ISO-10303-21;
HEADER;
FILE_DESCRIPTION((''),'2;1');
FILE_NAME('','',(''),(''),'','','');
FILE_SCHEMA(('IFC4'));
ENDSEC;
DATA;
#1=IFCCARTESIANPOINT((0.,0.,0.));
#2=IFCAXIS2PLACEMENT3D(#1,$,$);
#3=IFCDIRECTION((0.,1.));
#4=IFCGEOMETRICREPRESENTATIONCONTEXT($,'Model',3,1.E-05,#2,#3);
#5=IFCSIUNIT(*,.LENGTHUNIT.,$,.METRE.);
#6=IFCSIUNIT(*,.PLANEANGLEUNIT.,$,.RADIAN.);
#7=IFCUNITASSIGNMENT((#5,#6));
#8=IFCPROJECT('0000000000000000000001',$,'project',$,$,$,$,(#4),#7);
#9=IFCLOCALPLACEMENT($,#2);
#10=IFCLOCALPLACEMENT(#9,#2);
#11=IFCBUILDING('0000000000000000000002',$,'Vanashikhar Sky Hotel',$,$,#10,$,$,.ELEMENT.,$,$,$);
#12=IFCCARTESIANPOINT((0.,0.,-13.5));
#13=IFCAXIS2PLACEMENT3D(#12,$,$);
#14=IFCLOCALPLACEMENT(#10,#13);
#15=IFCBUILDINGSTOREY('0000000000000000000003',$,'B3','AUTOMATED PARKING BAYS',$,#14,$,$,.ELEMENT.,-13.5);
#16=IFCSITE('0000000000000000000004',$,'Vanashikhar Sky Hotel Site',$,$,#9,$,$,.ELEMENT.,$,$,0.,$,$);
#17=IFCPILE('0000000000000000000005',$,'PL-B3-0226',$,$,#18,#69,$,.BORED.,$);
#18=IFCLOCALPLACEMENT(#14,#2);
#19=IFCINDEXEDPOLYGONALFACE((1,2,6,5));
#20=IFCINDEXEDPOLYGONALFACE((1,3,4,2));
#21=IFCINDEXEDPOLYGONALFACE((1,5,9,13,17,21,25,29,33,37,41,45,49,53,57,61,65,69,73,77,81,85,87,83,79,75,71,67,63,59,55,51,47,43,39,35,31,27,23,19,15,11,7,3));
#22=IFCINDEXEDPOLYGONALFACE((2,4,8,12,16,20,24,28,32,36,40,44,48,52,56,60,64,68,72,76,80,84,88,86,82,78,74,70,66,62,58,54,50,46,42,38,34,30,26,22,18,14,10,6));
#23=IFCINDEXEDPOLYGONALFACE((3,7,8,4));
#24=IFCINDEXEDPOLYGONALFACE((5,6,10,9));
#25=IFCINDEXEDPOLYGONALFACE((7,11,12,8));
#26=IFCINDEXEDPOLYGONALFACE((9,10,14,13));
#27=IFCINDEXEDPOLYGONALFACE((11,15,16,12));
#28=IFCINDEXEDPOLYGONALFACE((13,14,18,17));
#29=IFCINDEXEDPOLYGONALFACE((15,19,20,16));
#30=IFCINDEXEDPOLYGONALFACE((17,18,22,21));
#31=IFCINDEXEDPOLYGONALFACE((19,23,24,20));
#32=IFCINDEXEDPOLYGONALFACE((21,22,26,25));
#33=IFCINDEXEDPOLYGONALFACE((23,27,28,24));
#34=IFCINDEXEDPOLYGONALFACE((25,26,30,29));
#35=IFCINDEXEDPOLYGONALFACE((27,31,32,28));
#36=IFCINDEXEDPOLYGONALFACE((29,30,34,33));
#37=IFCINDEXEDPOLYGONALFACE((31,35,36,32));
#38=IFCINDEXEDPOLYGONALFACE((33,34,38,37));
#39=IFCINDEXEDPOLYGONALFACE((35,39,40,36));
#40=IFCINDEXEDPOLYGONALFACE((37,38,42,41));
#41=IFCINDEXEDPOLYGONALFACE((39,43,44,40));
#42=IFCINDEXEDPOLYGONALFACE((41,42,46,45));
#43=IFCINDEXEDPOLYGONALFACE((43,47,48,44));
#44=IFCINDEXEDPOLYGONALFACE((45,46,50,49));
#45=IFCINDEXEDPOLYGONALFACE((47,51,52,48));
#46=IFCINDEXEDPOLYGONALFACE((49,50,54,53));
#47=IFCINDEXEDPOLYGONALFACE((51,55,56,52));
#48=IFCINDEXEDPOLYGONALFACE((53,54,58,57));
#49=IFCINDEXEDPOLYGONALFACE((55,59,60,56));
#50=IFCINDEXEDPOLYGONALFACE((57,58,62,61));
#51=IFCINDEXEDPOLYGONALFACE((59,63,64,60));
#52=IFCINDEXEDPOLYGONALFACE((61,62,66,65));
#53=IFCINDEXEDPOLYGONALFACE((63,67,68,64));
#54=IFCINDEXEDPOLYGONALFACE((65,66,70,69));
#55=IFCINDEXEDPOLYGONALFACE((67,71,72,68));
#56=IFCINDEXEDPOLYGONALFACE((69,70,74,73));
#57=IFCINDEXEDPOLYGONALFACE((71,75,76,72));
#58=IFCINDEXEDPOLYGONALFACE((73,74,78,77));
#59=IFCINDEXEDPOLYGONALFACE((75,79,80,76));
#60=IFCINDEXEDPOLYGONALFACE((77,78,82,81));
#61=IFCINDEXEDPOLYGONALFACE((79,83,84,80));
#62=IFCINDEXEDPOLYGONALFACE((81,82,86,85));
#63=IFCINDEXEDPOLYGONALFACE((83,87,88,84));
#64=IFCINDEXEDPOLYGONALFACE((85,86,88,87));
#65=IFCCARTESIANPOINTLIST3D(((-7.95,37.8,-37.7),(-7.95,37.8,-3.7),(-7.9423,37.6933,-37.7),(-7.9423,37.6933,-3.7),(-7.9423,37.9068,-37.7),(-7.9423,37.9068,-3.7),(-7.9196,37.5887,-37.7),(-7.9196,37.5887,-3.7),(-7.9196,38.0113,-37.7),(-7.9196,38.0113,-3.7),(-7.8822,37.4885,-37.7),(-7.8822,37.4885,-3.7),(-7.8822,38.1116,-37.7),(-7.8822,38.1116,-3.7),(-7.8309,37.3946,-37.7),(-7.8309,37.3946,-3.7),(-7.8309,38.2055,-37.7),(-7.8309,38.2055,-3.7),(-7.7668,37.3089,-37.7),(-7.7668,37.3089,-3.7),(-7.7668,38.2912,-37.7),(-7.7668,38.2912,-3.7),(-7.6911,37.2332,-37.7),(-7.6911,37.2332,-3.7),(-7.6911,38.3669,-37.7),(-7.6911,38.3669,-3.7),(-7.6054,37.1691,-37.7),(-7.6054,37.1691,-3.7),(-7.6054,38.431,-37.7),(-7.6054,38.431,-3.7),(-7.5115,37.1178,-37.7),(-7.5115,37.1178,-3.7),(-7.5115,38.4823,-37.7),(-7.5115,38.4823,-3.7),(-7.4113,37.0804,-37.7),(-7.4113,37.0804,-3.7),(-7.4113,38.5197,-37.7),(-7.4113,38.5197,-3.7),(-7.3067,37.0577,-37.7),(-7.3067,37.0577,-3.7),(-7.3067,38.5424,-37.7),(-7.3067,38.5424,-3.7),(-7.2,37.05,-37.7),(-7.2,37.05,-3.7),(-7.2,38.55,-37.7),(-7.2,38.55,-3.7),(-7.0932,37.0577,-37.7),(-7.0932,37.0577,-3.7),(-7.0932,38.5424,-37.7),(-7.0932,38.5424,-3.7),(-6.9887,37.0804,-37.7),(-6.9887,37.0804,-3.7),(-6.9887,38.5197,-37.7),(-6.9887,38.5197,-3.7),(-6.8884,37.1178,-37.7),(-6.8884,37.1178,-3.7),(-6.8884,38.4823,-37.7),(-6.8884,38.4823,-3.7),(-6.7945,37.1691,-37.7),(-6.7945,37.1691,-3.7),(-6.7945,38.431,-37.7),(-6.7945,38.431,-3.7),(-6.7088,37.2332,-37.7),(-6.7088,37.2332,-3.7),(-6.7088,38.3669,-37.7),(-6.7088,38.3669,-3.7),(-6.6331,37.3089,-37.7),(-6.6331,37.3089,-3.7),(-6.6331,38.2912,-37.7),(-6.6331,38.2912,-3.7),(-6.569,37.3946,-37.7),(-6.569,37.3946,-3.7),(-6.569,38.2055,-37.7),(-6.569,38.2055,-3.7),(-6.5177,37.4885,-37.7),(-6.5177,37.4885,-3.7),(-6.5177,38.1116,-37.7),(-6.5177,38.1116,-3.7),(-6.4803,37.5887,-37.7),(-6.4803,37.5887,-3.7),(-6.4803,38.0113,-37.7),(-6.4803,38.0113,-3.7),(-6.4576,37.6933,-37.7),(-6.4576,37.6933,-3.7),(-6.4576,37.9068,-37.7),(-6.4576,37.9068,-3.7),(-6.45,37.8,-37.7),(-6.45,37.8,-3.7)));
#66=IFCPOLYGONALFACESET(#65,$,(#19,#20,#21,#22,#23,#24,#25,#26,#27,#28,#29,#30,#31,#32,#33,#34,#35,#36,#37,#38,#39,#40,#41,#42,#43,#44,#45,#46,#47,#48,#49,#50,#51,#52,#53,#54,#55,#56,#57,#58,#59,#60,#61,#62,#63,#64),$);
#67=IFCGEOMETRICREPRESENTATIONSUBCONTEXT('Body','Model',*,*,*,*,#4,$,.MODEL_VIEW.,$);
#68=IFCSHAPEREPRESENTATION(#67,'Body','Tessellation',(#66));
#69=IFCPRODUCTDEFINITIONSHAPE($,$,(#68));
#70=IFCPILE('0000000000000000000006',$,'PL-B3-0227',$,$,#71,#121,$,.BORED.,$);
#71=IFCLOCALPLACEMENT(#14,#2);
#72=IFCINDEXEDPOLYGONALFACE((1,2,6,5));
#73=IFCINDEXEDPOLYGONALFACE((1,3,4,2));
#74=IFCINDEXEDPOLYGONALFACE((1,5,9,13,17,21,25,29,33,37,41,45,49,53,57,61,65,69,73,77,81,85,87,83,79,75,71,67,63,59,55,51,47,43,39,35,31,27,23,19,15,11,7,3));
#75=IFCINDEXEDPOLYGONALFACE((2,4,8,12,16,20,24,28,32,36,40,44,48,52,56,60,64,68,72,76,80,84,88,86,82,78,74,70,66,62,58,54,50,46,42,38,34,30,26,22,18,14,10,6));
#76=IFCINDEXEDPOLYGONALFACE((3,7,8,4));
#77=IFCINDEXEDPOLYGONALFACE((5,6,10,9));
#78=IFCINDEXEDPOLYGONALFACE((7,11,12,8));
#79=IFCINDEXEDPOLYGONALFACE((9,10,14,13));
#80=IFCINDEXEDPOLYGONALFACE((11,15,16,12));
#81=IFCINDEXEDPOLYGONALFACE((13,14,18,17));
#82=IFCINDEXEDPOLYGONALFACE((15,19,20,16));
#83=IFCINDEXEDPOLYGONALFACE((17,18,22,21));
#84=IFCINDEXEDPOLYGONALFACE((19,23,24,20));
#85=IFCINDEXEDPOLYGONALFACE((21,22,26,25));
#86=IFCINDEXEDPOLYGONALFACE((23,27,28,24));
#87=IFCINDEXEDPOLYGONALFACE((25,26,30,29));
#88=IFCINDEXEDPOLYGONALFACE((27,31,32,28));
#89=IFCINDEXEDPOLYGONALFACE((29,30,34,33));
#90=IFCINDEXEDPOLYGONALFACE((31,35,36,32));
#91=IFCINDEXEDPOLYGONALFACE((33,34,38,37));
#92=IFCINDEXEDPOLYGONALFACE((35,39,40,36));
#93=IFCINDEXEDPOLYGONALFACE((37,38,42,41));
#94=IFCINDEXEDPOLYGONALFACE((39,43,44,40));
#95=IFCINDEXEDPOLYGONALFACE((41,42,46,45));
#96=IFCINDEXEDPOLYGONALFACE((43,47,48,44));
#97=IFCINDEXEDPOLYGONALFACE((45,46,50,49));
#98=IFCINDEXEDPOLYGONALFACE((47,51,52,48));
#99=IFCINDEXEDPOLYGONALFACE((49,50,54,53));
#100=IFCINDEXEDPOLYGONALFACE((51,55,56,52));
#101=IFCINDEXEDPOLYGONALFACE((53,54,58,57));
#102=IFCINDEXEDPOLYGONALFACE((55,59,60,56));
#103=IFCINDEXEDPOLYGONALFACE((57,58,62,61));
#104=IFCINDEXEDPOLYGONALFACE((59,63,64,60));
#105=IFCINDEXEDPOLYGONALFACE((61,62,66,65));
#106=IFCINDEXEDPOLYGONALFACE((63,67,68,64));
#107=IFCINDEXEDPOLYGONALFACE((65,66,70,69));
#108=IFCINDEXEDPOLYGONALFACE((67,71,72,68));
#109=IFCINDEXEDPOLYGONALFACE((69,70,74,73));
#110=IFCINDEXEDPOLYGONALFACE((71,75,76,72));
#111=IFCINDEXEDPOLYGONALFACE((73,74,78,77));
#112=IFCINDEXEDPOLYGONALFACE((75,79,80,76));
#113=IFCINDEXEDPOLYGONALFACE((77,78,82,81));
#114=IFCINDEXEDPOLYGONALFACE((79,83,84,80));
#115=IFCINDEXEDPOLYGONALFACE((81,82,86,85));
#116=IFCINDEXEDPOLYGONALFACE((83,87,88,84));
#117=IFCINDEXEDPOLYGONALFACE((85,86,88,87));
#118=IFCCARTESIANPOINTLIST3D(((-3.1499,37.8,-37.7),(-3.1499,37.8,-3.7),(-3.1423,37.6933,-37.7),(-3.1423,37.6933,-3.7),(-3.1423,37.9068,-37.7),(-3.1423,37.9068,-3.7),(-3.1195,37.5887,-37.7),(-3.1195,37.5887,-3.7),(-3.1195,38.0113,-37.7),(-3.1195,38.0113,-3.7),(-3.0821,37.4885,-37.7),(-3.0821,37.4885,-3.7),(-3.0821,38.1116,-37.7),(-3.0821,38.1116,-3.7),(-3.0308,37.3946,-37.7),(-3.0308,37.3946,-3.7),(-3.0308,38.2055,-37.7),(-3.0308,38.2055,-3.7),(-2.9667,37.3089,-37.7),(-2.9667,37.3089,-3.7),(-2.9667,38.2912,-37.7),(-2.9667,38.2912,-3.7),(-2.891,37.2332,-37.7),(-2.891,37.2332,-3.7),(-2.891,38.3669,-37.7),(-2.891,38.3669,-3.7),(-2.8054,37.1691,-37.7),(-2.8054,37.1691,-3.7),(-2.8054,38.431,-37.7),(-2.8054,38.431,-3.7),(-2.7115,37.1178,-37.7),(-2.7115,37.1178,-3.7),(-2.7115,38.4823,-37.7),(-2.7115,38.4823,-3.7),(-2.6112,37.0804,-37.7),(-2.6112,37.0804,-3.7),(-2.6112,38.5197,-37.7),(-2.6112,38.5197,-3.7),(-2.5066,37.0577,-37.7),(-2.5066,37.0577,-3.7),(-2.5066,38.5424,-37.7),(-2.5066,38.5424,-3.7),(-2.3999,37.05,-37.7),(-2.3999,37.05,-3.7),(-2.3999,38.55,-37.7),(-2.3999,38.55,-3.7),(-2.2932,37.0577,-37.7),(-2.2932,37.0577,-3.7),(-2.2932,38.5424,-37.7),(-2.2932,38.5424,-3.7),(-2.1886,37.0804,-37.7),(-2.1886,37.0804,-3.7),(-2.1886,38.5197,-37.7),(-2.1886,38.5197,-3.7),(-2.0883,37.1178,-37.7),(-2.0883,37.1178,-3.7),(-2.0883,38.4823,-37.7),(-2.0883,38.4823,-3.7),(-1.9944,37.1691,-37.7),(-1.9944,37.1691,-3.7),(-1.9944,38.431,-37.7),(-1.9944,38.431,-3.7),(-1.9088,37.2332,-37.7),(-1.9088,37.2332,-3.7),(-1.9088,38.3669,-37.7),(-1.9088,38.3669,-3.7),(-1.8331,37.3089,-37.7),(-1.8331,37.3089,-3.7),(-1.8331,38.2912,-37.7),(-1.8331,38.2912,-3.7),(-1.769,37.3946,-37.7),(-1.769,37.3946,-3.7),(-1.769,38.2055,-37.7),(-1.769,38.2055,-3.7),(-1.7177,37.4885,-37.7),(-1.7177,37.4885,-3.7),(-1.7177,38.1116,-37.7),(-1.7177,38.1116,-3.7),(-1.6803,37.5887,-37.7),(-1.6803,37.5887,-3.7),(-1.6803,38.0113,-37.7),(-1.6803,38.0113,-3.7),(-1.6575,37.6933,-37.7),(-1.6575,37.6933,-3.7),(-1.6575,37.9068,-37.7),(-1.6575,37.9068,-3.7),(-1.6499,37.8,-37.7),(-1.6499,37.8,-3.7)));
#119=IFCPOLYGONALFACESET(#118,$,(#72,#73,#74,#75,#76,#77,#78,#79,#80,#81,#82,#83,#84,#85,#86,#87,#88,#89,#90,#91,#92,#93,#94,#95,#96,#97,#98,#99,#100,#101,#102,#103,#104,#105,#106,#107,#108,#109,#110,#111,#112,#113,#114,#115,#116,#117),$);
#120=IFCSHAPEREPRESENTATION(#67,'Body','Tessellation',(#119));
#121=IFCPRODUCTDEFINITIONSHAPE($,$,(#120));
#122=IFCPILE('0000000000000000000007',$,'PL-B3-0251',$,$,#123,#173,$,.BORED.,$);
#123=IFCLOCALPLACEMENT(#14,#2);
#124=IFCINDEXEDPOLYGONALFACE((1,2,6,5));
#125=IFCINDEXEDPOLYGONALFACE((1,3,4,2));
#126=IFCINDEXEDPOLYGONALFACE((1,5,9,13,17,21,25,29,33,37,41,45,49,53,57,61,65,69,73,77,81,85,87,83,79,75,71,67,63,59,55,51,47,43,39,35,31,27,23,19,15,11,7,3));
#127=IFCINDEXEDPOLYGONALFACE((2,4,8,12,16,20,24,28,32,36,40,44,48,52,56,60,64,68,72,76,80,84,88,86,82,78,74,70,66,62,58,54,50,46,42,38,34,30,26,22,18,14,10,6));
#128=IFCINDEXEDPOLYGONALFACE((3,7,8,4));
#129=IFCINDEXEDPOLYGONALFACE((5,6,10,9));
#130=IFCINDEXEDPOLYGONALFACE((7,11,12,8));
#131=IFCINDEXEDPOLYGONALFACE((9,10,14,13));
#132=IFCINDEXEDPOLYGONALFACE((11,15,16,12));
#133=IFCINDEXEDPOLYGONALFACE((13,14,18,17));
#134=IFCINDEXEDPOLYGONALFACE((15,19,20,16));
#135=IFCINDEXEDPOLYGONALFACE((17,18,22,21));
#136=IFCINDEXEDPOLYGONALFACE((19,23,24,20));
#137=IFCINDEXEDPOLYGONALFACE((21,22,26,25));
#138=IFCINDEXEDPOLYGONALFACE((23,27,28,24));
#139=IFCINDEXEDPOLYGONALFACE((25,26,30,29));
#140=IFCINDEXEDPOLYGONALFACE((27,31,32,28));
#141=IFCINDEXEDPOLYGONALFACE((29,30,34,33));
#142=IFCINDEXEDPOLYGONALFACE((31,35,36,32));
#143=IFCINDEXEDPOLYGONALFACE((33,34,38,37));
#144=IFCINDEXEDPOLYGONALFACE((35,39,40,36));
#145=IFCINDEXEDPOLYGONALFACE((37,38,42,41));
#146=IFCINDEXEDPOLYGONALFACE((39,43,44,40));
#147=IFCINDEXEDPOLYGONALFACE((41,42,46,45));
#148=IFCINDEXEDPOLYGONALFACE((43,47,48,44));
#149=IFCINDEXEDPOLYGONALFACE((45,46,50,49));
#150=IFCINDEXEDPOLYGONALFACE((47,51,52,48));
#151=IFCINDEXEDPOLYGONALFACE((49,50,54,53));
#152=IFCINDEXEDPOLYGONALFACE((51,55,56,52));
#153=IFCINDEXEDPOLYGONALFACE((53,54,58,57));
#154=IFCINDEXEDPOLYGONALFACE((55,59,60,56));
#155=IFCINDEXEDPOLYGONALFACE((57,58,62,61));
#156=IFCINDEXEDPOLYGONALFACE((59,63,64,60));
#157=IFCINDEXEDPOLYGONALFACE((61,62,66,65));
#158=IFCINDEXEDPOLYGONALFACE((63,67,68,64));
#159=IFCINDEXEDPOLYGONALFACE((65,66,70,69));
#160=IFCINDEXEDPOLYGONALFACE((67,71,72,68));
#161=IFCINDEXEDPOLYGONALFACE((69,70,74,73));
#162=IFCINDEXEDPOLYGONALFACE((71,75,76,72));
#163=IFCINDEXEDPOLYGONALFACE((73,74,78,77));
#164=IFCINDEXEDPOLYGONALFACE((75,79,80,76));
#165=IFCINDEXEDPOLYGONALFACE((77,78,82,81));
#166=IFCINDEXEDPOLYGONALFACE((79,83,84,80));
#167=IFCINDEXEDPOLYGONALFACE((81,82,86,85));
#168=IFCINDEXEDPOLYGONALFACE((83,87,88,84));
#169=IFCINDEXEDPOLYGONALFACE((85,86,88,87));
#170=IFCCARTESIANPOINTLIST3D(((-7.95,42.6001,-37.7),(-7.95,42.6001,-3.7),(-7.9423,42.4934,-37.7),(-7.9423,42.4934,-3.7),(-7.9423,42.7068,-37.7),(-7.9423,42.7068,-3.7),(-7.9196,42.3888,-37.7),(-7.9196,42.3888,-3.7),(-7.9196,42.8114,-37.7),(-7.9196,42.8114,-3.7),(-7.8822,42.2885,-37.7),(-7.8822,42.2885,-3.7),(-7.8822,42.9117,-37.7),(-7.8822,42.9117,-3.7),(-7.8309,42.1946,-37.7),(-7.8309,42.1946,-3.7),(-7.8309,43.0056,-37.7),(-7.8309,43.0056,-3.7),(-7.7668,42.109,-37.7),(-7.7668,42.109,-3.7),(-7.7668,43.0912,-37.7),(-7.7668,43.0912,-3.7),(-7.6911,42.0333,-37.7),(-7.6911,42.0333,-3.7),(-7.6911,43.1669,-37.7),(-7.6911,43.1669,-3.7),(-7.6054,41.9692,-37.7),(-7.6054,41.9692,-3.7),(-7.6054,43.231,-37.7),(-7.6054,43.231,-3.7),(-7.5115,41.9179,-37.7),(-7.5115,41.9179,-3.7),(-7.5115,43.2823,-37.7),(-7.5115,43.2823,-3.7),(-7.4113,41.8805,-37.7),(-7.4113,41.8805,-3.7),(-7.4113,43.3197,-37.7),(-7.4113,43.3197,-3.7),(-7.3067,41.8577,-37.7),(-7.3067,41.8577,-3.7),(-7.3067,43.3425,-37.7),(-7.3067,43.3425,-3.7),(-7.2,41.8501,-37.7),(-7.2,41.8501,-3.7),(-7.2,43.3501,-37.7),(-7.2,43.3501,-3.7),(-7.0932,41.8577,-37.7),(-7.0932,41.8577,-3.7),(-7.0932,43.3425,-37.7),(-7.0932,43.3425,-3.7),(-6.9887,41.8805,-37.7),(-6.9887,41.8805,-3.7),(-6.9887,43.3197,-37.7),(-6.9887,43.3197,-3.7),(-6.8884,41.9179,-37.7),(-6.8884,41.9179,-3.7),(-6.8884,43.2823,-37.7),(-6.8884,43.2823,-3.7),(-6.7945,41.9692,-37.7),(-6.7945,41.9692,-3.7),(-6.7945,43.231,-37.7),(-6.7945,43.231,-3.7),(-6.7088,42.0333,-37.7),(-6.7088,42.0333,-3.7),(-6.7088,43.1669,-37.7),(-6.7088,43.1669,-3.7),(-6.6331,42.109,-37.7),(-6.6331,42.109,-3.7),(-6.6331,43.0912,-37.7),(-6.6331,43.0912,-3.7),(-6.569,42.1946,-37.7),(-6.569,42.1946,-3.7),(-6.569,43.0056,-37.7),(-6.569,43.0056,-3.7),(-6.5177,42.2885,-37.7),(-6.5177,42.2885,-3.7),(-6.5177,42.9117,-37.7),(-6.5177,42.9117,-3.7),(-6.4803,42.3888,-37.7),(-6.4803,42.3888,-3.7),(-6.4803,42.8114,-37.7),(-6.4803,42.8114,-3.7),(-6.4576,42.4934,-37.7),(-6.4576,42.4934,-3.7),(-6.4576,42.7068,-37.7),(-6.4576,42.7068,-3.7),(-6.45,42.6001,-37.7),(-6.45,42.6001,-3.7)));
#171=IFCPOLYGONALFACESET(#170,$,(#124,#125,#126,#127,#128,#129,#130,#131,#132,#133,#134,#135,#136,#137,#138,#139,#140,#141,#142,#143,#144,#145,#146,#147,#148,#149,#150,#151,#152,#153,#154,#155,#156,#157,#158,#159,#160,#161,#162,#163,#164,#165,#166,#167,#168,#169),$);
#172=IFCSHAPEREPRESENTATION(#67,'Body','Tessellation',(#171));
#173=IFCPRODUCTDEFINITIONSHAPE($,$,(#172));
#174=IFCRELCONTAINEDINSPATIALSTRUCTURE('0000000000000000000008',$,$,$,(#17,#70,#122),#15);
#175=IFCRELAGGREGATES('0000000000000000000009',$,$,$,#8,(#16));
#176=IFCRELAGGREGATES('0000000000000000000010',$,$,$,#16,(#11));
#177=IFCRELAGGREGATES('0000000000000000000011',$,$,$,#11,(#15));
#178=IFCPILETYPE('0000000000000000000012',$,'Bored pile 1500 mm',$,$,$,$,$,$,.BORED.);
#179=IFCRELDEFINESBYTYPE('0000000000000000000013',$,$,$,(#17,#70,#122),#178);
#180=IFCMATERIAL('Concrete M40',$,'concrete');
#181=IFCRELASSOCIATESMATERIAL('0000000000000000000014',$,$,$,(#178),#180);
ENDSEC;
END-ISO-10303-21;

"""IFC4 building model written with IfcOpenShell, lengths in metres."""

from ifc_helpers import new_model, si_unit, direction, frame, origin, origin_2d, place, context, subcontext, project, spatial, circle, extrude, source, transform, mapped, material, type_object, element, save


model = new_model("IFC4")

# Units and contexts
model_context = context("Model", 3, precision=1e-05, world=origin(), true_north=direction((0.0, 1.0)))
body_context = subcontext(model_context, "Body", "Model", "MODEL_VIEW")
ifc_project = project(units=[si_unit("LENGTHUNIT", "METRE"), si_unit("PLANEANGLEUNIT", "RADIAN")], contexts=[model_context])

# Site, building, storey
site_placement = place(None, origin())
site = spatial("IfcSite", under=ifc_project, at=site_placement, Name="Vanashikhar Sky Hotel Site", CompositionType="ELEMENT", RefElevation=0.0)
building_placement = place(site_placement, origin())
building = spatial("IfcBuilding", under=site, at=building_placement, Name="Vanashikhar Sky Hotel", CompositionType="ELEMENT")
storey_placement = place(building_placement, frame((0.0, 0.0, -13.5)))
storey = spatial("IfcBuildingStorey", under=building, at=storey_placement, Name="B3", Description="AUTOMATED PARKING BAYS", CompositionType="ELEMENT", Elevation=-13.5)

# Piles
ifc_material_1 = material(Name="Concrete M40", Category="concrete")
pile_type_1 = type_object("IfcPileType", Name="Bored pile 1500 mm", PredefinedType="BORED", material=ifc_material_1)
shared_shape_1 = source(origin(), body_context, "Body", "SweptSolid", [
    extrude(circle(Radius=0.75, at=origin_2d()), origin(), (0.0, 0.0, 1.0), 34.0),
])
for number, where, z_axis, x_axis, name in (
    (1, (-7.2, 37.8, -3.7), (0.0, 0.0, -1.0), (1.0, 0.0, 0.0), "PL-B3-0226"),
    (2, (-2.3999, 37.8, -3.7), (0.0, 0.0, -1.0), (1.0, 0.0, 0.0), "PL-B3-0227"),
    (3, (-7.2, 42.6001, -3.7), (0.0, 0.0, -1.0), (1.0, 0.0, 0.0), "PL-B3-0251"),
):
    element("IfcPile", number, at=place(storey_placement, frame(where, z_axis=z_axis, x_axis=x_axis)), inside=storey, type_object=pile_type_1, Name=name, PredefinedType="BORED", context=body_context, shape_type="MappedRepresentation", body=[
        mapped(shared_shape_1, transform((0.0, 0.0, 0.0), scale=1.0)),
    ])

save(model, "model.ifc")
